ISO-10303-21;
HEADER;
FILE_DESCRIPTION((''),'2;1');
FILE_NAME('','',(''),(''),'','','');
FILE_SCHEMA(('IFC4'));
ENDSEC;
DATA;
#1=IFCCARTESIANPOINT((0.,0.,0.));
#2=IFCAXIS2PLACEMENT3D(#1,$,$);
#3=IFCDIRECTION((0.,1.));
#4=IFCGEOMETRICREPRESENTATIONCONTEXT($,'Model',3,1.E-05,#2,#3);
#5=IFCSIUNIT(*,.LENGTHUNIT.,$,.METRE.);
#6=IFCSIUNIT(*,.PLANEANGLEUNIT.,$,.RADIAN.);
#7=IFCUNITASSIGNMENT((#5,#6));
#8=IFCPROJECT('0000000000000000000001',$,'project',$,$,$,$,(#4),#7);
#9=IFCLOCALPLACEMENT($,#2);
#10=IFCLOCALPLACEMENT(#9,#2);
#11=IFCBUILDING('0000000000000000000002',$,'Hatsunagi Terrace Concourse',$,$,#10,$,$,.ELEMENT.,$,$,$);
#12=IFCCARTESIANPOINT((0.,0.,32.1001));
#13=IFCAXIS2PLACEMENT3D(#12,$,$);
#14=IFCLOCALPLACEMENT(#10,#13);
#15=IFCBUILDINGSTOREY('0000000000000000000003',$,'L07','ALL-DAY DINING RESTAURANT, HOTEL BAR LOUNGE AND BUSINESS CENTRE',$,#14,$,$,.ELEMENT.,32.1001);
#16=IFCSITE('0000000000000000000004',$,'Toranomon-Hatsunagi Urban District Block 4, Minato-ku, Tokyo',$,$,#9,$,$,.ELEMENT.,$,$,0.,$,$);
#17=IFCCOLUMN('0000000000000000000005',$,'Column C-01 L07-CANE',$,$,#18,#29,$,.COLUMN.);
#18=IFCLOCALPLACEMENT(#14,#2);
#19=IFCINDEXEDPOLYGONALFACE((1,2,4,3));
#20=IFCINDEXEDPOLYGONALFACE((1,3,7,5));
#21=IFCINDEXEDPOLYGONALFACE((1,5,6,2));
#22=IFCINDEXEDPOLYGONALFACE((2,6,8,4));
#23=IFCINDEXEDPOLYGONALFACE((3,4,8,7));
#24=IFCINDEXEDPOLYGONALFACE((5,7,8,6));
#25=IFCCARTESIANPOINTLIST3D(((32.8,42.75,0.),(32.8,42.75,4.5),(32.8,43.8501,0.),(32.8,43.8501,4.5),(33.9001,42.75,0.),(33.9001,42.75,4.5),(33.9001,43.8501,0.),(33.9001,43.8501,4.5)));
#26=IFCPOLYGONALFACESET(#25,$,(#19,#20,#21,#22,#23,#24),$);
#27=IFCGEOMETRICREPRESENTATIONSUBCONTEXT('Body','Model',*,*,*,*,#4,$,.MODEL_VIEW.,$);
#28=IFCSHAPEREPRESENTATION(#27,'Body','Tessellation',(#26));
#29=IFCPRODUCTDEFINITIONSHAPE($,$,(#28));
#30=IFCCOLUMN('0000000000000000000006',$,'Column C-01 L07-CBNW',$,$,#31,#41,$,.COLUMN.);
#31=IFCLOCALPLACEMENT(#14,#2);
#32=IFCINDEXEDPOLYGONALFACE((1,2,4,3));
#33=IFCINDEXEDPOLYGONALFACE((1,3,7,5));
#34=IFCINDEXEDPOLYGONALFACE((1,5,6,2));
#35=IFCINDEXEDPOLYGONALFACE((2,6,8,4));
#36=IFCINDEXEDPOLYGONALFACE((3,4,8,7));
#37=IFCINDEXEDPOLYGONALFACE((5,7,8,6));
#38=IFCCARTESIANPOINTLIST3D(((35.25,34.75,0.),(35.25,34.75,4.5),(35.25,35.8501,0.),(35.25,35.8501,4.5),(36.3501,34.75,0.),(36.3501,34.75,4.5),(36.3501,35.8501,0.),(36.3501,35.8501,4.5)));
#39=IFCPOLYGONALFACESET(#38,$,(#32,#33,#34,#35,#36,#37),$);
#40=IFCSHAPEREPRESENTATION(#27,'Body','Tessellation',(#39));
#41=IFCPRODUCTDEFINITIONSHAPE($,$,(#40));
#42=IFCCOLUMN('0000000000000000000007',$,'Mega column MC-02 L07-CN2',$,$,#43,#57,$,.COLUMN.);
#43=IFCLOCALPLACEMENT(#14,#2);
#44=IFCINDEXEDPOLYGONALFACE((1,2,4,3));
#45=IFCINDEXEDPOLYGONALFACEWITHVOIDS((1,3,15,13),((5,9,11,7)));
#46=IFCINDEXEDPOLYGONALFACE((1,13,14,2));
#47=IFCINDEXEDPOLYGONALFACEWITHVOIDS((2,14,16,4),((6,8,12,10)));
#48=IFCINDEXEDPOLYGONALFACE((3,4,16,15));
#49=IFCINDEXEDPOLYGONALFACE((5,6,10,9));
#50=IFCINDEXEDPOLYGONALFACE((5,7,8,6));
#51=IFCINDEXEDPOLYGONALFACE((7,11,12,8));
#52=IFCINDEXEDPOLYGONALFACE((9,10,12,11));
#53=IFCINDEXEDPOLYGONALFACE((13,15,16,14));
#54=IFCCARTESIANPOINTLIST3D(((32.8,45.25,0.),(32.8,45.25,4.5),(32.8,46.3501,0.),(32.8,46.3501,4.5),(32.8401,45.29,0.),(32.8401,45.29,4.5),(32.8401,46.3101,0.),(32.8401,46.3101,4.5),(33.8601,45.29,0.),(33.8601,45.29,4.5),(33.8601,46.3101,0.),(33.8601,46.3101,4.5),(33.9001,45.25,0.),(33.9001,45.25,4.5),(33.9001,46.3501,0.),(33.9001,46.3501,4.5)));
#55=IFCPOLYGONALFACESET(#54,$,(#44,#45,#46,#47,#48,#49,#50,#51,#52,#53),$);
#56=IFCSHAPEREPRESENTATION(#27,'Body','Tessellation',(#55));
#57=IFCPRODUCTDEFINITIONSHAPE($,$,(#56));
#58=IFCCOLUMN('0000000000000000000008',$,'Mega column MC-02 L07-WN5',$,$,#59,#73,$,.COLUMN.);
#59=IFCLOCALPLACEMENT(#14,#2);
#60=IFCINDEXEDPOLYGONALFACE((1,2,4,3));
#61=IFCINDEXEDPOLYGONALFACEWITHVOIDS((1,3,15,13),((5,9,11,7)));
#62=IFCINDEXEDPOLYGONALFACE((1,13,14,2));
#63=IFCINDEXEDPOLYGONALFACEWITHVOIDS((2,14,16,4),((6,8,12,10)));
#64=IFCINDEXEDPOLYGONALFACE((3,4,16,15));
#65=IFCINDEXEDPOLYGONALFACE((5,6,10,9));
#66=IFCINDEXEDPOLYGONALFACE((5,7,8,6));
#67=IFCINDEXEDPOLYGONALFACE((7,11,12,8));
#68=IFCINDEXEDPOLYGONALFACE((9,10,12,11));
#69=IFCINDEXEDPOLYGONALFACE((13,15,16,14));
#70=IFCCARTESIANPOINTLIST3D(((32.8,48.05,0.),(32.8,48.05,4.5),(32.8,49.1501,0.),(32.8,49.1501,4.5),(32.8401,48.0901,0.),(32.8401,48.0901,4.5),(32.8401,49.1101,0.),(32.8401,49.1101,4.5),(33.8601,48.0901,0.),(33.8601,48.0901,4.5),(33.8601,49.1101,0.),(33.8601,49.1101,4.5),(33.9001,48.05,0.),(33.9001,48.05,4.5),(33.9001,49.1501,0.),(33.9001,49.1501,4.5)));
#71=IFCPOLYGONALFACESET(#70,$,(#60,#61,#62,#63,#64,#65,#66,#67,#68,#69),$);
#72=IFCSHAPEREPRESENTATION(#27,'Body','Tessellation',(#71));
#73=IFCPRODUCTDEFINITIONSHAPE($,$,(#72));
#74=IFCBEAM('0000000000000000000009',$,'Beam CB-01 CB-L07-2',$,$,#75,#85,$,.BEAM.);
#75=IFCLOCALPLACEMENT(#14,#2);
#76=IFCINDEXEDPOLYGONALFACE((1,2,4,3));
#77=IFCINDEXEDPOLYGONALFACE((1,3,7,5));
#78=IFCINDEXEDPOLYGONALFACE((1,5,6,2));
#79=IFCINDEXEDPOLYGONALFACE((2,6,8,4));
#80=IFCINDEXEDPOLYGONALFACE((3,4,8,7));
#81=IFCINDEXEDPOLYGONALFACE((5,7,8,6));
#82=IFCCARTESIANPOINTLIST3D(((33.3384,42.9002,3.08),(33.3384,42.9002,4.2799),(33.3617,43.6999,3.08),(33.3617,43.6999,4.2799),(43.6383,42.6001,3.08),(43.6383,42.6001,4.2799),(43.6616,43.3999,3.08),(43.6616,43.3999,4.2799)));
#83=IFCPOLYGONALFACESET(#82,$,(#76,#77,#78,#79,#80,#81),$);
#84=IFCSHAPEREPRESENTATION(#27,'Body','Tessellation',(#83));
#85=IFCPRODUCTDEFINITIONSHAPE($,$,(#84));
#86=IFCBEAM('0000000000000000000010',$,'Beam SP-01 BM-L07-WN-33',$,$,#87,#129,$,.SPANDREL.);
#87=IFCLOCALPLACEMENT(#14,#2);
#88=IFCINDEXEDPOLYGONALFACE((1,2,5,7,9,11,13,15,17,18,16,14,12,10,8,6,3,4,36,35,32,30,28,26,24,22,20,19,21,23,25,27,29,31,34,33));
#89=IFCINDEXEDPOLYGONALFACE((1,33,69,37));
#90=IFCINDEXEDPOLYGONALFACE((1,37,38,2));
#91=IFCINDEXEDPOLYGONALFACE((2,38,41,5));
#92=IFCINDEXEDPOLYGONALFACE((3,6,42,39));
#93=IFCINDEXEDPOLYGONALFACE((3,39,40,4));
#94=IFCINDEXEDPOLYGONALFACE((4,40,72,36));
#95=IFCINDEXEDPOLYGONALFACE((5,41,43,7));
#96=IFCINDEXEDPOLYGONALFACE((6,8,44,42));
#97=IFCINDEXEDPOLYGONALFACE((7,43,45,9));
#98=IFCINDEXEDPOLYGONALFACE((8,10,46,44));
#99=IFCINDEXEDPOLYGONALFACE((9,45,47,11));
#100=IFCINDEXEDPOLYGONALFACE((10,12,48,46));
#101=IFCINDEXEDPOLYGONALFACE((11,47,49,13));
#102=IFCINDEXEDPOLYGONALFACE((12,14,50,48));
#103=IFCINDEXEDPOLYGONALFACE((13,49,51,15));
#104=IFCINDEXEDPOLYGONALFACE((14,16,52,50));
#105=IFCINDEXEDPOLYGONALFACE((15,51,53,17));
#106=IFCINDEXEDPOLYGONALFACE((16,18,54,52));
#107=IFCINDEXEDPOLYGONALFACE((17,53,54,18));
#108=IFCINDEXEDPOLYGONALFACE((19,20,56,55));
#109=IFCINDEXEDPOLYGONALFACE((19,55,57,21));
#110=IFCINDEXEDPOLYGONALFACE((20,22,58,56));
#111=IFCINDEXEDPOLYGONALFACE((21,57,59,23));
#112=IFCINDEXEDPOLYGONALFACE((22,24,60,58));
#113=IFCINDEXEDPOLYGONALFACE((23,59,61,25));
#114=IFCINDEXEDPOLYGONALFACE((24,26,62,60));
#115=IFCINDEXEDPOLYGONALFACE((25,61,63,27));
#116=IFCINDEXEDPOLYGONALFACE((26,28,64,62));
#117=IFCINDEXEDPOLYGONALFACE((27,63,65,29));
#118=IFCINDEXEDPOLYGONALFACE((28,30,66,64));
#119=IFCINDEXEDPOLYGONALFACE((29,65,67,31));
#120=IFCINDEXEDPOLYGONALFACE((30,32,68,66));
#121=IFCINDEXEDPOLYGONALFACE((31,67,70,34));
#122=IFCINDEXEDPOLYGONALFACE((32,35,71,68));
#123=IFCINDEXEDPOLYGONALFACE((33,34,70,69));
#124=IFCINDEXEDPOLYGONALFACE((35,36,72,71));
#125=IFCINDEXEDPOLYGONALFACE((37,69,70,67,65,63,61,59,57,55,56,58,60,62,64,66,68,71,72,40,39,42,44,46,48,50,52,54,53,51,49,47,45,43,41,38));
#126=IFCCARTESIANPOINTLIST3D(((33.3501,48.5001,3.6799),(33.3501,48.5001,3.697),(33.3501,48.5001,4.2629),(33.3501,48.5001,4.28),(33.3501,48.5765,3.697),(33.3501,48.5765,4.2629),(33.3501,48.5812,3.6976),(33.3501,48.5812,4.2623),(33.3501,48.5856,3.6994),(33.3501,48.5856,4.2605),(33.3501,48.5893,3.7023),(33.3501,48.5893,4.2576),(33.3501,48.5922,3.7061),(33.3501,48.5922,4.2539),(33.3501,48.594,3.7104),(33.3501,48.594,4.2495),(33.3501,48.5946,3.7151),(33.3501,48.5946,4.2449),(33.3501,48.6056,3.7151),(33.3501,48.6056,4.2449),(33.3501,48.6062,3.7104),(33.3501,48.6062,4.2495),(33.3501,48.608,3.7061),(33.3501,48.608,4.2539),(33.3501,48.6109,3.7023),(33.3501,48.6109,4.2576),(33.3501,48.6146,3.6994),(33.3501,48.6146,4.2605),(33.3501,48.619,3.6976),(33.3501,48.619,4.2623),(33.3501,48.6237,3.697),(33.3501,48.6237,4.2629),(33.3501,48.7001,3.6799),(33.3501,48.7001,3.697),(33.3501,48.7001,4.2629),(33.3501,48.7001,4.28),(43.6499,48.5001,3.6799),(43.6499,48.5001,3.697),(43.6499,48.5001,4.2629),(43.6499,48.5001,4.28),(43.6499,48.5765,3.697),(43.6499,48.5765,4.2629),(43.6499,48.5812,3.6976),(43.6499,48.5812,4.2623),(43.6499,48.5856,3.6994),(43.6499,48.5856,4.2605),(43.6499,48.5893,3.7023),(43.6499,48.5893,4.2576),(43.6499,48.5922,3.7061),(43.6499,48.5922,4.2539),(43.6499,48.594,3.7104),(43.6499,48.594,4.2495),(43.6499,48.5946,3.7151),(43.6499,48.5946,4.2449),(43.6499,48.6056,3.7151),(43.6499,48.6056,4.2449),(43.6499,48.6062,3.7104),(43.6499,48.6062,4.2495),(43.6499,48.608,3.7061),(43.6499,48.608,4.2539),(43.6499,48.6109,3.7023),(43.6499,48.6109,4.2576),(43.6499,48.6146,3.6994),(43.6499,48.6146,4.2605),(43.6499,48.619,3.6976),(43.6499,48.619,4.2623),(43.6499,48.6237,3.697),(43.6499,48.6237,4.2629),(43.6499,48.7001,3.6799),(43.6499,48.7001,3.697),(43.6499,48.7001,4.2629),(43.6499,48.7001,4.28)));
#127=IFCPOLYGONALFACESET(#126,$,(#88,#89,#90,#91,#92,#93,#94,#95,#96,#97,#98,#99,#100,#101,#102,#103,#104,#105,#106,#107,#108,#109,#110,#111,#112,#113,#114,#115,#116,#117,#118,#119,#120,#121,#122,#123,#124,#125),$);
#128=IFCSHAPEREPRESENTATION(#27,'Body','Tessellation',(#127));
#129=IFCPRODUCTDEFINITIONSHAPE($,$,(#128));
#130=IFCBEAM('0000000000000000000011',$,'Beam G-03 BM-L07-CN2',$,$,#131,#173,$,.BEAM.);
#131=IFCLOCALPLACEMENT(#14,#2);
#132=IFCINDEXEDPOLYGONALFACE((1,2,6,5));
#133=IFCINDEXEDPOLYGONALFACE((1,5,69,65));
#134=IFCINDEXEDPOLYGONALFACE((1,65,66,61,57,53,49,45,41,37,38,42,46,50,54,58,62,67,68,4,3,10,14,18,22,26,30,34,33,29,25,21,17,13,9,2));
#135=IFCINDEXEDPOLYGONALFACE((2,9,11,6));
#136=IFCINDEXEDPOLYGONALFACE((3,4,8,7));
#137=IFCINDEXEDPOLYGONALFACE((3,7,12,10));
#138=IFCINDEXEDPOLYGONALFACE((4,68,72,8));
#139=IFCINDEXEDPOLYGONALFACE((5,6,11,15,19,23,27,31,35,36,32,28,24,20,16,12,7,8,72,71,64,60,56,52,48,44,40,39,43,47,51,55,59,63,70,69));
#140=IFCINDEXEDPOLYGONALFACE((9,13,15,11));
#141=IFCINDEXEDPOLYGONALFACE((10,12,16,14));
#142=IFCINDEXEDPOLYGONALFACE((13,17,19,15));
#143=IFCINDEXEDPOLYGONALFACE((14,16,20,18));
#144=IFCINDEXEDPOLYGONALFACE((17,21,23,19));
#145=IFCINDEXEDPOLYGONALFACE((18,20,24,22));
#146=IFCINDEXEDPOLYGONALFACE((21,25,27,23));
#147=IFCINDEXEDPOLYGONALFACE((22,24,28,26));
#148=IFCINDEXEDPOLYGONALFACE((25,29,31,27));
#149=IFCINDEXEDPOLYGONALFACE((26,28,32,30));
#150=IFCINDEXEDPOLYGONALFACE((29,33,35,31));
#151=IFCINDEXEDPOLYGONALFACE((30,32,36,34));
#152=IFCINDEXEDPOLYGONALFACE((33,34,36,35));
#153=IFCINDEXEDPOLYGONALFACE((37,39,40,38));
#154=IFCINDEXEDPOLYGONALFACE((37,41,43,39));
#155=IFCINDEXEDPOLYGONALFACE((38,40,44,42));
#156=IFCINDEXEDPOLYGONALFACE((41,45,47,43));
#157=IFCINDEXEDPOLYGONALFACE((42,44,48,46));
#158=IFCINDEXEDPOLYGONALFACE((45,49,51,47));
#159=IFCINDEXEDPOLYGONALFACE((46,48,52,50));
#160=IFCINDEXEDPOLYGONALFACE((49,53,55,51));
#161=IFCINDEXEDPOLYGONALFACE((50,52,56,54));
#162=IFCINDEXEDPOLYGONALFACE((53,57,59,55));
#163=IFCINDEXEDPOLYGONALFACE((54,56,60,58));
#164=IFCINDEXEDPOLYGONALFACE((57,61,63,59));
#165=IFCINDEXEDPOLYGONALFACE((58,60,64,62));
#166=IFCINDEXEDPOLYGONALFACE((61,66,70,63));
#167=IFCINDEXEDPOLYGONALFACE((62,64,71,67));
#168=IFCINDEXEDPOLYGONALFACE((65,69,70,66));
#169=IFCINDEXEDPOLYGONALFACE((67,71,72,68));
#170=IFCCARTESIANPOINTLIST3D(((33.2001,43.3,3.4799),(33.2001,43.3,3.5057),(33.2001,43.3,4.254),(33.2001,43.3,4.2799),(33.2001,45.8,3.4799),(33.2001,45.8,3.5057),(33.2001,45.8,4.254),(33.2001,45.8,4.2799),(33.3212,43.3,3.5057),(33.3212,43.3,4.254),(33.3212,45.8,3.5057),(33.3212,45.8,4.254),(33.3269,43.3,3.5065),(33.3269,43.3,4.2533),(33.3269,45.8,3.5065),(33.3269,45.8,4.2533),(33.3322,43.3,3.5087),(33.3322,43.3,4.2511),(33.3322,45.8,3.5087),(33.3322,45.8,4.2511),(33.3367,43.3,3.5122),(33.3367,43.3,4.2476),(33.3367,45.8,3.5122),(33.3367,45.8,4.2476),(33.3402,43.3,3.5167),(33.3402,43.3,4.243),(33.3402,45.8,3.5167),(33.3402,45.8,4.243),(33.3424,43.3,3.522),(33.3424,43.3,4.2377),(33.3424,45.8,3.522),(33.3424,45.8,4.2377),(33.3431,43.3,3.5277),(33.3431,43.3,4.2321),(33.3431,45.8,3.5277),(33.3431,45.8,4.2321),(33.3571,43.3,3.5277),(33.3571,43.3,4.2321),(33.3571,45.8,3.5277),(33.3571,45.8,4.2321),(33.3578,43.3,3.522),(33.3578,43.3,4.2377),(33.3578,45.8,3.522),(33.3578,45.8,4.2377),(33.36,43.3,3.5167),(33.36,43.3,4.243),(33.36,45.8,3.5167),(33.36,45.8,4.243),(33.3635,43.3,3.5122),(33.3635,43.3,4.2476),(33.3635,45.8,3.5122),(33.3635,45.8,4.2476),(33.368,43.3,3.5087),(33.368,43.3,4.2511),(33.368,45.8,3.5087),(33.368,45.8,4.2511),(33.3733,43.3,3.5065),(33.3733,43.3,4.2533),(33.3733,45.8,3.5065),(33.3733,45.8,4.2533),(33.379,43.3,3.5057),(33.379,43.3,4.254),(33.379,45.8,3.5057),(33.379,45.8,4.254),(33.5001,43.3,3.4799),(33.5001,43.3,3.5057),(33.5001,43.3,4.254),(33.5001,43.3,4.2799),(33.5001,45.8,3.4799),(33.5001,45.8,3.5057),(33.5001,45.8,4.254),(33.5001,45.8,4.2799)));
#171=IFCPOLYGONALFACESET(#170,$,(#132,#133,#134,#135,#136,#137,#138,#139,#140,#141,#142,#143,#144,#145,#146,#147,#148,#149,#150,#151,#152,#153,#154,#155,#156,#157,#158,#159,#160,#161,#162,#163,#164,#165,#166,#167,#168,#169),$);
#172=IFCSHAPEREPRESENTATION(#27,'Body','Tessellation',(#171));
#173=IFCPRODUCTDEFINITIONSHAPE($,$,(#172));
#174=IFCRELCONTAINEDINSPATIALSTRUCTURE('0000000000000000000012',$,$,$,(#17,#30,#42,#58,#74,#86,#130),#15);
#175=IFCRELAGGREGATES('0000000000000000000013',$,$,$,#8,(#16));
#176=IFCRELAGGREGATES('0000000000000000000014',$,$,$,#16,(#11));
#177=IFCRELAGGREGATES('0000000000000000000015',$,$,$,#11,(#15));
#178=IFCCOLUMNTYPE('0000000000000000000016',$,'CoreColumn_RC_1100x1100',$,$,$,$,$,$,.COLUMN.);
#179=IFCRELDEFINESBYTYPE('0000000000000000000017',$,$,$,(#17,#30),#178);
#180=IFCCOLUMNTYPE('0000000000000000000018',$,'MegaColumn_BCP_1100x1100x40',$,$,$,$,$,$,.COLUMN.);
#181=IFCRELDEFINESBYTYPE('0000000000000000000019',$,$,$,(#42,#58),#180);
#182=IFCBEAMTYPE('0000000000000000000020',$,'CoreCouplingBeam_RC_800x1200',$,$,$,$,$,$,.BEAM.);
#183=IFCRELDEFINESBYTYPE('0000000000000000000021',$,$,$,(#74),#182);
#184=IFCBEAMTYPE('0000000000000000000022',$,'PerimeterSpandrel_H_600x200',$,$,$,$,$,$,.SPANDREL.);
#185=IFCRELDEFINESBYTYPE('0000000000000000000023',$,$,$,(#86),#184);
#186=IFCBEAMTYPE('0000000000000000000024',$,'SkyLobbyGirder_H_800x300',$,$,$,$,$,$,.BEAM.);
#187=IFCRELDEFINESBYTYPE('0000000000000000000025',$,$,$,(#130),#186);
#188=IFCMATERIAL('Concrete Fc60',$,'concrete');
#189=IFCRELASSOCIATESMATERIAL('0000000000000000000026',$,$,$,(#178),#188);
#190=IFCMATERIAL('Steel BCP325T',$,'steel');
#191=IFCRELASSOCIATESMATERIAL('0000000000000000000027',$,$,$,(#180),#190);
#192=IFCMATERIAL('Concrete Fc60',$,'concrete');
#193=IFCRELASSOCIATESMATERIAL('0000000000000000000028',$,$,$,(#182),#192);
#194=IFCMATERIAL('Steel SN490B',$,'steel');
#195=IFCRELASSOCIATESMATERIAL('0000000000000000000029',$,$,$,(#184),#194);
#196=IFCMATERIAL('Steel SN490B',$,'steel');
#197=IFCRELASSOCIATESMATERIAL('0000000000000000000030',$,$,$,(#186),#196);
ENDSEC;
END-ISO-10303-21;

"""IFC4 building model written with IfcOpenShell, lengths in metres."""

from ifc_helpers import new_model, si_unit, direction, frame, origin, origin_2d, place, context, subcontext, project, spatial, rectangle, hollow_rectangle, i_section, extrude, material, material_profile, profile_set, type_object, element, save


model = new_model("IFC4")

# Units and contexts
model_context = context("Model", 3, precision=1e-05, world=origin(), true_north=direction((0.0, 1.0)))
body_context = subcontext(model_context, "Body", "Model", "MODEL_VIEW")
ifc_project = project(units=[si_unit("LENGTHUNIT", "METRE"), si_unit("PLANEANGLEUNIT", "RADIAN")], contexts=[model_context])

# Site, building, storey
site_placement = place(None, origin())
site = spatial("IfcSite", under=ifc_project, at=site_placement, Name="Toranomon-Hatsunagi Urban District Block 4, Minato-ku, Tokyo", CompositionType="ELEMENT", RefElevation=0.0)
building_placement = place(site_placement, origin())
building = spatial("IfcBuilding", under=site, at=building_placement, Name="Hatsunagi Terrace Concourse", CompositionType="ELEMENT")
storey_placement = place(building_placement, frame((0.0, 0.0, 32.1001)))
storey = spatial("IfcBuildingStorey", under=building, at=storey_placement, Name="L07", Description="ALL-DAY DINING RESTAURANT, HOTEL BAR LOUNGE AND BUSINESS CENTRE", CompositionType="ELEMENT", Elevation=32.1001)

# Columns
ifc_material_1 = material(Name="Concrete Fc60", Category="concrete")
ifc_material_profile_1 = material_profile(ifc_material_1, rectangle(XDim=1.1001, YDim=1.1001, at=origin_2d()), Name="RC-1100x1100")
ifc_profile_set_1 = profile_set([ifc_material_profile_1], Name="Concrete Fc60")
column_type_1 = type_object("IfcColumnType", Name="CoreColumn_RC_1100x1100", PredefinedType="COLUMN", material=ifc_profile_set_1)
for number, where, z_axis, x_axis, name in (
    (1, (33.3501, 43.3, 0.0), (0.0, 0.0, 1.0), (1.0, 0.0, 0.0), "Column C-01 L07-CANE"),
    (2, (35.8, 35.3, 0.0), (0.0, 0.0, 1.0), (1.0, 0.0, 0.0), "Column C-01 L07-CBNW"),
):
    element("IfcColumn", number, at=place(storey_placement, frame(where, z_axis=z_axis, x_axis=x_axis)), inside=storey, type_object=column_type_1, Name=name, PredefinedType="COLUMN", context=body_context, shape_type="SweptSolid", body=[
        extrude(rectangle(XDim=1.1001, YDim=1.1001, at=origin_2d()), origin(), (0.0, 0.0, 1.0), 4.5),
    ])
ifc_material_2 = material(Name="Steel BCP325T", Category="steel")
ifc_material_profile_2 = material_profile(ifc_material_2, hollow_rectangle(XDim=1.1001, YDim=1.1001, WallThickness=0.04, at=origin_2d()), Name="BCP-1100x1100x40")
ifc_profile_set_2 = profile_set([ifc_material_profile_2], Name="Steel BCP325T")
column_type_2 = type_object("IfcColumnType", Name="MegaColumn_BCP_1100x1100x40", PredefinedType="COLUMN", material=ifc_profile_set_2)
for number, where, z_axis, x_axis, name in (
    (3, (33.3501, 45.8, 0.0), (0.0, 0.0, 1.0), (1.0, 0.0, 0.0), "Mega column MC-02 L07-CN2"),
    (4, (33.3501, 48.6001, 0.0), (0.0, 0.0, 1.0), (1.0, 0.0, 0.0), "Mega column MC-02 L07-WN5"),
):
    element("IfcColumn", number, at=place(storey_placement, frame(where, z_axis=z_axis, x_axis=x_axis)), inside=storey, type_object=column_type_2, Name=name, PredefinedType="COLUMN", context=body_context, shape_type="SweptSolid", body=[
        extrude(hollow_rectangle(XDim=1.1001, YDim=1.1001, WallThickness=0.04, at=origin_2d()), origin(), (0.0, 0.0, 1.0), 4.5),
    ])

# Beams
ifc_material_3 = material(Name="Concrete Fc60", Category="concrete")
ifc_material_profile_3 = material_profile(ifc_material_3, rectangle(XDim=0.8, YDim=1.2, at=origin_2d()), Name="RC-800x1200")
ifc_profile_set_3 = profile_set([ifc_material_profile_3], Name="Concrete Fc60")
beam_type_1 = type_object("IfcBeamType", Name="CoreCouplingBeam_RC_800x1200", PredefinedType="BEAM", material=ifc_profile_set_3)
beam_1_placement = place(storey_placement, frame((33.3501, 43.3, 3.6799), z_axis=(0.999576, -0.029119, 0.0), x_axis=(0.029119, 0.999576, 0.0)))
element("IfcBeam", 5, at=beam_1_placement, inside=storey, type_object=beam_type_1, Name="Beam CB-01 CB-L07-2", PredefinedType="BEAM", context=body_context, shape_type="SweptSolid", body=[
    extrude(rectangle(XDim=0.8, YDim=1.2, at=origin_2d()), origin(), (0.0, 0.0, 1.0), 10.3042),
])
ifc_material_4 = material(Name="Steel SN490B", Category="steel")
ifc_material_profile_4 = material_profile(ifc_material_4, i_section(OverallWidth=0.2, OverallDepth=0.6001, WebThickness=0.011, FlangeThickness=0.0171, FilletRadius=0.0181, at=origin_2d()), Name="H-600x200x11x17")
ifc_profile_set_4 = profile_set([ifc_material_profile_4], Name="Steel SN490B")
beam_type_2 = type_object("IfcBeamType", Name="PerimeterSpandrel_H_600x200", PredefinedType="SPANDREL", material=ifc_profile_set_4)
beam_2_placement = place(storey_placement, frame((33.3501, 48.6001, 3.98), z_axis=(1.0, 0.0, 0.0), x_axis=(0.0, 1.0, 0.0)))
element("IfcBeam", 6, at=beam_2_placement, inside=storey, type_object=beam_type_2, Name="Beam SP-01 BM-L07-WN-33", PredefinedType="SPANDREL", context=body_context, shape_type="SweptSolid", body=[
    extrude(i_section(OverallWidth=0.2, OverallDepth=0.6001, WebThickness=0.011, FlangeThickness=0.0171, FilletRadius=0.0181, at=origin_2d()), origin(), (0.0, 0.0, 1.0), 10.2998),
])
ifc_material_5 = material(Name="Steel SN490B", Category="steel")
ifc_material_profile_5 = material_profile(ifc_material_5, i_section(OverallWidth=0.3, OverallDepth=0.8, WebThickness=0.0139, FlangeThickness=0.0259, FilletRadius=0.022, at=origin_2d()), Name="H-800x300x14x26")
ifc_profile_set_5 = profile_set([ifc_material_profile_5], Name="Steel SN490B")
beam_type_3 = type_object("IfcBeamType", Name="SkyLobbyGirder_H_800x300", PredefinedType="BEAM", material=ifc_profile_set_5)
beam_3_placement = place(storey_placement, frame((33.3501, 43.3, 3.8799), z_axis=(0.0, 1.0, 0.0), x_axis=(-1.0, 0.0, 0.0)))
element("IfcBeam", 7, at=beam_3_placement, inside=storey, type_object=beam_type_3, Name="Beam G-03 BM-L07-CN2", PredefinedType="BEAM", context=body_context, shape_type="SweptSolid", body=[
    extrude(i_section(OverallWidth=0.3, OverallDepth=0.8, WebThickness=0.0139, FlangeThickness=0.0259, FilletRadius=0.022, at=origin_2d()), origin(), (0.0, 0.0, 1.0), 2.5),
])

save(model, "model.ifc")
